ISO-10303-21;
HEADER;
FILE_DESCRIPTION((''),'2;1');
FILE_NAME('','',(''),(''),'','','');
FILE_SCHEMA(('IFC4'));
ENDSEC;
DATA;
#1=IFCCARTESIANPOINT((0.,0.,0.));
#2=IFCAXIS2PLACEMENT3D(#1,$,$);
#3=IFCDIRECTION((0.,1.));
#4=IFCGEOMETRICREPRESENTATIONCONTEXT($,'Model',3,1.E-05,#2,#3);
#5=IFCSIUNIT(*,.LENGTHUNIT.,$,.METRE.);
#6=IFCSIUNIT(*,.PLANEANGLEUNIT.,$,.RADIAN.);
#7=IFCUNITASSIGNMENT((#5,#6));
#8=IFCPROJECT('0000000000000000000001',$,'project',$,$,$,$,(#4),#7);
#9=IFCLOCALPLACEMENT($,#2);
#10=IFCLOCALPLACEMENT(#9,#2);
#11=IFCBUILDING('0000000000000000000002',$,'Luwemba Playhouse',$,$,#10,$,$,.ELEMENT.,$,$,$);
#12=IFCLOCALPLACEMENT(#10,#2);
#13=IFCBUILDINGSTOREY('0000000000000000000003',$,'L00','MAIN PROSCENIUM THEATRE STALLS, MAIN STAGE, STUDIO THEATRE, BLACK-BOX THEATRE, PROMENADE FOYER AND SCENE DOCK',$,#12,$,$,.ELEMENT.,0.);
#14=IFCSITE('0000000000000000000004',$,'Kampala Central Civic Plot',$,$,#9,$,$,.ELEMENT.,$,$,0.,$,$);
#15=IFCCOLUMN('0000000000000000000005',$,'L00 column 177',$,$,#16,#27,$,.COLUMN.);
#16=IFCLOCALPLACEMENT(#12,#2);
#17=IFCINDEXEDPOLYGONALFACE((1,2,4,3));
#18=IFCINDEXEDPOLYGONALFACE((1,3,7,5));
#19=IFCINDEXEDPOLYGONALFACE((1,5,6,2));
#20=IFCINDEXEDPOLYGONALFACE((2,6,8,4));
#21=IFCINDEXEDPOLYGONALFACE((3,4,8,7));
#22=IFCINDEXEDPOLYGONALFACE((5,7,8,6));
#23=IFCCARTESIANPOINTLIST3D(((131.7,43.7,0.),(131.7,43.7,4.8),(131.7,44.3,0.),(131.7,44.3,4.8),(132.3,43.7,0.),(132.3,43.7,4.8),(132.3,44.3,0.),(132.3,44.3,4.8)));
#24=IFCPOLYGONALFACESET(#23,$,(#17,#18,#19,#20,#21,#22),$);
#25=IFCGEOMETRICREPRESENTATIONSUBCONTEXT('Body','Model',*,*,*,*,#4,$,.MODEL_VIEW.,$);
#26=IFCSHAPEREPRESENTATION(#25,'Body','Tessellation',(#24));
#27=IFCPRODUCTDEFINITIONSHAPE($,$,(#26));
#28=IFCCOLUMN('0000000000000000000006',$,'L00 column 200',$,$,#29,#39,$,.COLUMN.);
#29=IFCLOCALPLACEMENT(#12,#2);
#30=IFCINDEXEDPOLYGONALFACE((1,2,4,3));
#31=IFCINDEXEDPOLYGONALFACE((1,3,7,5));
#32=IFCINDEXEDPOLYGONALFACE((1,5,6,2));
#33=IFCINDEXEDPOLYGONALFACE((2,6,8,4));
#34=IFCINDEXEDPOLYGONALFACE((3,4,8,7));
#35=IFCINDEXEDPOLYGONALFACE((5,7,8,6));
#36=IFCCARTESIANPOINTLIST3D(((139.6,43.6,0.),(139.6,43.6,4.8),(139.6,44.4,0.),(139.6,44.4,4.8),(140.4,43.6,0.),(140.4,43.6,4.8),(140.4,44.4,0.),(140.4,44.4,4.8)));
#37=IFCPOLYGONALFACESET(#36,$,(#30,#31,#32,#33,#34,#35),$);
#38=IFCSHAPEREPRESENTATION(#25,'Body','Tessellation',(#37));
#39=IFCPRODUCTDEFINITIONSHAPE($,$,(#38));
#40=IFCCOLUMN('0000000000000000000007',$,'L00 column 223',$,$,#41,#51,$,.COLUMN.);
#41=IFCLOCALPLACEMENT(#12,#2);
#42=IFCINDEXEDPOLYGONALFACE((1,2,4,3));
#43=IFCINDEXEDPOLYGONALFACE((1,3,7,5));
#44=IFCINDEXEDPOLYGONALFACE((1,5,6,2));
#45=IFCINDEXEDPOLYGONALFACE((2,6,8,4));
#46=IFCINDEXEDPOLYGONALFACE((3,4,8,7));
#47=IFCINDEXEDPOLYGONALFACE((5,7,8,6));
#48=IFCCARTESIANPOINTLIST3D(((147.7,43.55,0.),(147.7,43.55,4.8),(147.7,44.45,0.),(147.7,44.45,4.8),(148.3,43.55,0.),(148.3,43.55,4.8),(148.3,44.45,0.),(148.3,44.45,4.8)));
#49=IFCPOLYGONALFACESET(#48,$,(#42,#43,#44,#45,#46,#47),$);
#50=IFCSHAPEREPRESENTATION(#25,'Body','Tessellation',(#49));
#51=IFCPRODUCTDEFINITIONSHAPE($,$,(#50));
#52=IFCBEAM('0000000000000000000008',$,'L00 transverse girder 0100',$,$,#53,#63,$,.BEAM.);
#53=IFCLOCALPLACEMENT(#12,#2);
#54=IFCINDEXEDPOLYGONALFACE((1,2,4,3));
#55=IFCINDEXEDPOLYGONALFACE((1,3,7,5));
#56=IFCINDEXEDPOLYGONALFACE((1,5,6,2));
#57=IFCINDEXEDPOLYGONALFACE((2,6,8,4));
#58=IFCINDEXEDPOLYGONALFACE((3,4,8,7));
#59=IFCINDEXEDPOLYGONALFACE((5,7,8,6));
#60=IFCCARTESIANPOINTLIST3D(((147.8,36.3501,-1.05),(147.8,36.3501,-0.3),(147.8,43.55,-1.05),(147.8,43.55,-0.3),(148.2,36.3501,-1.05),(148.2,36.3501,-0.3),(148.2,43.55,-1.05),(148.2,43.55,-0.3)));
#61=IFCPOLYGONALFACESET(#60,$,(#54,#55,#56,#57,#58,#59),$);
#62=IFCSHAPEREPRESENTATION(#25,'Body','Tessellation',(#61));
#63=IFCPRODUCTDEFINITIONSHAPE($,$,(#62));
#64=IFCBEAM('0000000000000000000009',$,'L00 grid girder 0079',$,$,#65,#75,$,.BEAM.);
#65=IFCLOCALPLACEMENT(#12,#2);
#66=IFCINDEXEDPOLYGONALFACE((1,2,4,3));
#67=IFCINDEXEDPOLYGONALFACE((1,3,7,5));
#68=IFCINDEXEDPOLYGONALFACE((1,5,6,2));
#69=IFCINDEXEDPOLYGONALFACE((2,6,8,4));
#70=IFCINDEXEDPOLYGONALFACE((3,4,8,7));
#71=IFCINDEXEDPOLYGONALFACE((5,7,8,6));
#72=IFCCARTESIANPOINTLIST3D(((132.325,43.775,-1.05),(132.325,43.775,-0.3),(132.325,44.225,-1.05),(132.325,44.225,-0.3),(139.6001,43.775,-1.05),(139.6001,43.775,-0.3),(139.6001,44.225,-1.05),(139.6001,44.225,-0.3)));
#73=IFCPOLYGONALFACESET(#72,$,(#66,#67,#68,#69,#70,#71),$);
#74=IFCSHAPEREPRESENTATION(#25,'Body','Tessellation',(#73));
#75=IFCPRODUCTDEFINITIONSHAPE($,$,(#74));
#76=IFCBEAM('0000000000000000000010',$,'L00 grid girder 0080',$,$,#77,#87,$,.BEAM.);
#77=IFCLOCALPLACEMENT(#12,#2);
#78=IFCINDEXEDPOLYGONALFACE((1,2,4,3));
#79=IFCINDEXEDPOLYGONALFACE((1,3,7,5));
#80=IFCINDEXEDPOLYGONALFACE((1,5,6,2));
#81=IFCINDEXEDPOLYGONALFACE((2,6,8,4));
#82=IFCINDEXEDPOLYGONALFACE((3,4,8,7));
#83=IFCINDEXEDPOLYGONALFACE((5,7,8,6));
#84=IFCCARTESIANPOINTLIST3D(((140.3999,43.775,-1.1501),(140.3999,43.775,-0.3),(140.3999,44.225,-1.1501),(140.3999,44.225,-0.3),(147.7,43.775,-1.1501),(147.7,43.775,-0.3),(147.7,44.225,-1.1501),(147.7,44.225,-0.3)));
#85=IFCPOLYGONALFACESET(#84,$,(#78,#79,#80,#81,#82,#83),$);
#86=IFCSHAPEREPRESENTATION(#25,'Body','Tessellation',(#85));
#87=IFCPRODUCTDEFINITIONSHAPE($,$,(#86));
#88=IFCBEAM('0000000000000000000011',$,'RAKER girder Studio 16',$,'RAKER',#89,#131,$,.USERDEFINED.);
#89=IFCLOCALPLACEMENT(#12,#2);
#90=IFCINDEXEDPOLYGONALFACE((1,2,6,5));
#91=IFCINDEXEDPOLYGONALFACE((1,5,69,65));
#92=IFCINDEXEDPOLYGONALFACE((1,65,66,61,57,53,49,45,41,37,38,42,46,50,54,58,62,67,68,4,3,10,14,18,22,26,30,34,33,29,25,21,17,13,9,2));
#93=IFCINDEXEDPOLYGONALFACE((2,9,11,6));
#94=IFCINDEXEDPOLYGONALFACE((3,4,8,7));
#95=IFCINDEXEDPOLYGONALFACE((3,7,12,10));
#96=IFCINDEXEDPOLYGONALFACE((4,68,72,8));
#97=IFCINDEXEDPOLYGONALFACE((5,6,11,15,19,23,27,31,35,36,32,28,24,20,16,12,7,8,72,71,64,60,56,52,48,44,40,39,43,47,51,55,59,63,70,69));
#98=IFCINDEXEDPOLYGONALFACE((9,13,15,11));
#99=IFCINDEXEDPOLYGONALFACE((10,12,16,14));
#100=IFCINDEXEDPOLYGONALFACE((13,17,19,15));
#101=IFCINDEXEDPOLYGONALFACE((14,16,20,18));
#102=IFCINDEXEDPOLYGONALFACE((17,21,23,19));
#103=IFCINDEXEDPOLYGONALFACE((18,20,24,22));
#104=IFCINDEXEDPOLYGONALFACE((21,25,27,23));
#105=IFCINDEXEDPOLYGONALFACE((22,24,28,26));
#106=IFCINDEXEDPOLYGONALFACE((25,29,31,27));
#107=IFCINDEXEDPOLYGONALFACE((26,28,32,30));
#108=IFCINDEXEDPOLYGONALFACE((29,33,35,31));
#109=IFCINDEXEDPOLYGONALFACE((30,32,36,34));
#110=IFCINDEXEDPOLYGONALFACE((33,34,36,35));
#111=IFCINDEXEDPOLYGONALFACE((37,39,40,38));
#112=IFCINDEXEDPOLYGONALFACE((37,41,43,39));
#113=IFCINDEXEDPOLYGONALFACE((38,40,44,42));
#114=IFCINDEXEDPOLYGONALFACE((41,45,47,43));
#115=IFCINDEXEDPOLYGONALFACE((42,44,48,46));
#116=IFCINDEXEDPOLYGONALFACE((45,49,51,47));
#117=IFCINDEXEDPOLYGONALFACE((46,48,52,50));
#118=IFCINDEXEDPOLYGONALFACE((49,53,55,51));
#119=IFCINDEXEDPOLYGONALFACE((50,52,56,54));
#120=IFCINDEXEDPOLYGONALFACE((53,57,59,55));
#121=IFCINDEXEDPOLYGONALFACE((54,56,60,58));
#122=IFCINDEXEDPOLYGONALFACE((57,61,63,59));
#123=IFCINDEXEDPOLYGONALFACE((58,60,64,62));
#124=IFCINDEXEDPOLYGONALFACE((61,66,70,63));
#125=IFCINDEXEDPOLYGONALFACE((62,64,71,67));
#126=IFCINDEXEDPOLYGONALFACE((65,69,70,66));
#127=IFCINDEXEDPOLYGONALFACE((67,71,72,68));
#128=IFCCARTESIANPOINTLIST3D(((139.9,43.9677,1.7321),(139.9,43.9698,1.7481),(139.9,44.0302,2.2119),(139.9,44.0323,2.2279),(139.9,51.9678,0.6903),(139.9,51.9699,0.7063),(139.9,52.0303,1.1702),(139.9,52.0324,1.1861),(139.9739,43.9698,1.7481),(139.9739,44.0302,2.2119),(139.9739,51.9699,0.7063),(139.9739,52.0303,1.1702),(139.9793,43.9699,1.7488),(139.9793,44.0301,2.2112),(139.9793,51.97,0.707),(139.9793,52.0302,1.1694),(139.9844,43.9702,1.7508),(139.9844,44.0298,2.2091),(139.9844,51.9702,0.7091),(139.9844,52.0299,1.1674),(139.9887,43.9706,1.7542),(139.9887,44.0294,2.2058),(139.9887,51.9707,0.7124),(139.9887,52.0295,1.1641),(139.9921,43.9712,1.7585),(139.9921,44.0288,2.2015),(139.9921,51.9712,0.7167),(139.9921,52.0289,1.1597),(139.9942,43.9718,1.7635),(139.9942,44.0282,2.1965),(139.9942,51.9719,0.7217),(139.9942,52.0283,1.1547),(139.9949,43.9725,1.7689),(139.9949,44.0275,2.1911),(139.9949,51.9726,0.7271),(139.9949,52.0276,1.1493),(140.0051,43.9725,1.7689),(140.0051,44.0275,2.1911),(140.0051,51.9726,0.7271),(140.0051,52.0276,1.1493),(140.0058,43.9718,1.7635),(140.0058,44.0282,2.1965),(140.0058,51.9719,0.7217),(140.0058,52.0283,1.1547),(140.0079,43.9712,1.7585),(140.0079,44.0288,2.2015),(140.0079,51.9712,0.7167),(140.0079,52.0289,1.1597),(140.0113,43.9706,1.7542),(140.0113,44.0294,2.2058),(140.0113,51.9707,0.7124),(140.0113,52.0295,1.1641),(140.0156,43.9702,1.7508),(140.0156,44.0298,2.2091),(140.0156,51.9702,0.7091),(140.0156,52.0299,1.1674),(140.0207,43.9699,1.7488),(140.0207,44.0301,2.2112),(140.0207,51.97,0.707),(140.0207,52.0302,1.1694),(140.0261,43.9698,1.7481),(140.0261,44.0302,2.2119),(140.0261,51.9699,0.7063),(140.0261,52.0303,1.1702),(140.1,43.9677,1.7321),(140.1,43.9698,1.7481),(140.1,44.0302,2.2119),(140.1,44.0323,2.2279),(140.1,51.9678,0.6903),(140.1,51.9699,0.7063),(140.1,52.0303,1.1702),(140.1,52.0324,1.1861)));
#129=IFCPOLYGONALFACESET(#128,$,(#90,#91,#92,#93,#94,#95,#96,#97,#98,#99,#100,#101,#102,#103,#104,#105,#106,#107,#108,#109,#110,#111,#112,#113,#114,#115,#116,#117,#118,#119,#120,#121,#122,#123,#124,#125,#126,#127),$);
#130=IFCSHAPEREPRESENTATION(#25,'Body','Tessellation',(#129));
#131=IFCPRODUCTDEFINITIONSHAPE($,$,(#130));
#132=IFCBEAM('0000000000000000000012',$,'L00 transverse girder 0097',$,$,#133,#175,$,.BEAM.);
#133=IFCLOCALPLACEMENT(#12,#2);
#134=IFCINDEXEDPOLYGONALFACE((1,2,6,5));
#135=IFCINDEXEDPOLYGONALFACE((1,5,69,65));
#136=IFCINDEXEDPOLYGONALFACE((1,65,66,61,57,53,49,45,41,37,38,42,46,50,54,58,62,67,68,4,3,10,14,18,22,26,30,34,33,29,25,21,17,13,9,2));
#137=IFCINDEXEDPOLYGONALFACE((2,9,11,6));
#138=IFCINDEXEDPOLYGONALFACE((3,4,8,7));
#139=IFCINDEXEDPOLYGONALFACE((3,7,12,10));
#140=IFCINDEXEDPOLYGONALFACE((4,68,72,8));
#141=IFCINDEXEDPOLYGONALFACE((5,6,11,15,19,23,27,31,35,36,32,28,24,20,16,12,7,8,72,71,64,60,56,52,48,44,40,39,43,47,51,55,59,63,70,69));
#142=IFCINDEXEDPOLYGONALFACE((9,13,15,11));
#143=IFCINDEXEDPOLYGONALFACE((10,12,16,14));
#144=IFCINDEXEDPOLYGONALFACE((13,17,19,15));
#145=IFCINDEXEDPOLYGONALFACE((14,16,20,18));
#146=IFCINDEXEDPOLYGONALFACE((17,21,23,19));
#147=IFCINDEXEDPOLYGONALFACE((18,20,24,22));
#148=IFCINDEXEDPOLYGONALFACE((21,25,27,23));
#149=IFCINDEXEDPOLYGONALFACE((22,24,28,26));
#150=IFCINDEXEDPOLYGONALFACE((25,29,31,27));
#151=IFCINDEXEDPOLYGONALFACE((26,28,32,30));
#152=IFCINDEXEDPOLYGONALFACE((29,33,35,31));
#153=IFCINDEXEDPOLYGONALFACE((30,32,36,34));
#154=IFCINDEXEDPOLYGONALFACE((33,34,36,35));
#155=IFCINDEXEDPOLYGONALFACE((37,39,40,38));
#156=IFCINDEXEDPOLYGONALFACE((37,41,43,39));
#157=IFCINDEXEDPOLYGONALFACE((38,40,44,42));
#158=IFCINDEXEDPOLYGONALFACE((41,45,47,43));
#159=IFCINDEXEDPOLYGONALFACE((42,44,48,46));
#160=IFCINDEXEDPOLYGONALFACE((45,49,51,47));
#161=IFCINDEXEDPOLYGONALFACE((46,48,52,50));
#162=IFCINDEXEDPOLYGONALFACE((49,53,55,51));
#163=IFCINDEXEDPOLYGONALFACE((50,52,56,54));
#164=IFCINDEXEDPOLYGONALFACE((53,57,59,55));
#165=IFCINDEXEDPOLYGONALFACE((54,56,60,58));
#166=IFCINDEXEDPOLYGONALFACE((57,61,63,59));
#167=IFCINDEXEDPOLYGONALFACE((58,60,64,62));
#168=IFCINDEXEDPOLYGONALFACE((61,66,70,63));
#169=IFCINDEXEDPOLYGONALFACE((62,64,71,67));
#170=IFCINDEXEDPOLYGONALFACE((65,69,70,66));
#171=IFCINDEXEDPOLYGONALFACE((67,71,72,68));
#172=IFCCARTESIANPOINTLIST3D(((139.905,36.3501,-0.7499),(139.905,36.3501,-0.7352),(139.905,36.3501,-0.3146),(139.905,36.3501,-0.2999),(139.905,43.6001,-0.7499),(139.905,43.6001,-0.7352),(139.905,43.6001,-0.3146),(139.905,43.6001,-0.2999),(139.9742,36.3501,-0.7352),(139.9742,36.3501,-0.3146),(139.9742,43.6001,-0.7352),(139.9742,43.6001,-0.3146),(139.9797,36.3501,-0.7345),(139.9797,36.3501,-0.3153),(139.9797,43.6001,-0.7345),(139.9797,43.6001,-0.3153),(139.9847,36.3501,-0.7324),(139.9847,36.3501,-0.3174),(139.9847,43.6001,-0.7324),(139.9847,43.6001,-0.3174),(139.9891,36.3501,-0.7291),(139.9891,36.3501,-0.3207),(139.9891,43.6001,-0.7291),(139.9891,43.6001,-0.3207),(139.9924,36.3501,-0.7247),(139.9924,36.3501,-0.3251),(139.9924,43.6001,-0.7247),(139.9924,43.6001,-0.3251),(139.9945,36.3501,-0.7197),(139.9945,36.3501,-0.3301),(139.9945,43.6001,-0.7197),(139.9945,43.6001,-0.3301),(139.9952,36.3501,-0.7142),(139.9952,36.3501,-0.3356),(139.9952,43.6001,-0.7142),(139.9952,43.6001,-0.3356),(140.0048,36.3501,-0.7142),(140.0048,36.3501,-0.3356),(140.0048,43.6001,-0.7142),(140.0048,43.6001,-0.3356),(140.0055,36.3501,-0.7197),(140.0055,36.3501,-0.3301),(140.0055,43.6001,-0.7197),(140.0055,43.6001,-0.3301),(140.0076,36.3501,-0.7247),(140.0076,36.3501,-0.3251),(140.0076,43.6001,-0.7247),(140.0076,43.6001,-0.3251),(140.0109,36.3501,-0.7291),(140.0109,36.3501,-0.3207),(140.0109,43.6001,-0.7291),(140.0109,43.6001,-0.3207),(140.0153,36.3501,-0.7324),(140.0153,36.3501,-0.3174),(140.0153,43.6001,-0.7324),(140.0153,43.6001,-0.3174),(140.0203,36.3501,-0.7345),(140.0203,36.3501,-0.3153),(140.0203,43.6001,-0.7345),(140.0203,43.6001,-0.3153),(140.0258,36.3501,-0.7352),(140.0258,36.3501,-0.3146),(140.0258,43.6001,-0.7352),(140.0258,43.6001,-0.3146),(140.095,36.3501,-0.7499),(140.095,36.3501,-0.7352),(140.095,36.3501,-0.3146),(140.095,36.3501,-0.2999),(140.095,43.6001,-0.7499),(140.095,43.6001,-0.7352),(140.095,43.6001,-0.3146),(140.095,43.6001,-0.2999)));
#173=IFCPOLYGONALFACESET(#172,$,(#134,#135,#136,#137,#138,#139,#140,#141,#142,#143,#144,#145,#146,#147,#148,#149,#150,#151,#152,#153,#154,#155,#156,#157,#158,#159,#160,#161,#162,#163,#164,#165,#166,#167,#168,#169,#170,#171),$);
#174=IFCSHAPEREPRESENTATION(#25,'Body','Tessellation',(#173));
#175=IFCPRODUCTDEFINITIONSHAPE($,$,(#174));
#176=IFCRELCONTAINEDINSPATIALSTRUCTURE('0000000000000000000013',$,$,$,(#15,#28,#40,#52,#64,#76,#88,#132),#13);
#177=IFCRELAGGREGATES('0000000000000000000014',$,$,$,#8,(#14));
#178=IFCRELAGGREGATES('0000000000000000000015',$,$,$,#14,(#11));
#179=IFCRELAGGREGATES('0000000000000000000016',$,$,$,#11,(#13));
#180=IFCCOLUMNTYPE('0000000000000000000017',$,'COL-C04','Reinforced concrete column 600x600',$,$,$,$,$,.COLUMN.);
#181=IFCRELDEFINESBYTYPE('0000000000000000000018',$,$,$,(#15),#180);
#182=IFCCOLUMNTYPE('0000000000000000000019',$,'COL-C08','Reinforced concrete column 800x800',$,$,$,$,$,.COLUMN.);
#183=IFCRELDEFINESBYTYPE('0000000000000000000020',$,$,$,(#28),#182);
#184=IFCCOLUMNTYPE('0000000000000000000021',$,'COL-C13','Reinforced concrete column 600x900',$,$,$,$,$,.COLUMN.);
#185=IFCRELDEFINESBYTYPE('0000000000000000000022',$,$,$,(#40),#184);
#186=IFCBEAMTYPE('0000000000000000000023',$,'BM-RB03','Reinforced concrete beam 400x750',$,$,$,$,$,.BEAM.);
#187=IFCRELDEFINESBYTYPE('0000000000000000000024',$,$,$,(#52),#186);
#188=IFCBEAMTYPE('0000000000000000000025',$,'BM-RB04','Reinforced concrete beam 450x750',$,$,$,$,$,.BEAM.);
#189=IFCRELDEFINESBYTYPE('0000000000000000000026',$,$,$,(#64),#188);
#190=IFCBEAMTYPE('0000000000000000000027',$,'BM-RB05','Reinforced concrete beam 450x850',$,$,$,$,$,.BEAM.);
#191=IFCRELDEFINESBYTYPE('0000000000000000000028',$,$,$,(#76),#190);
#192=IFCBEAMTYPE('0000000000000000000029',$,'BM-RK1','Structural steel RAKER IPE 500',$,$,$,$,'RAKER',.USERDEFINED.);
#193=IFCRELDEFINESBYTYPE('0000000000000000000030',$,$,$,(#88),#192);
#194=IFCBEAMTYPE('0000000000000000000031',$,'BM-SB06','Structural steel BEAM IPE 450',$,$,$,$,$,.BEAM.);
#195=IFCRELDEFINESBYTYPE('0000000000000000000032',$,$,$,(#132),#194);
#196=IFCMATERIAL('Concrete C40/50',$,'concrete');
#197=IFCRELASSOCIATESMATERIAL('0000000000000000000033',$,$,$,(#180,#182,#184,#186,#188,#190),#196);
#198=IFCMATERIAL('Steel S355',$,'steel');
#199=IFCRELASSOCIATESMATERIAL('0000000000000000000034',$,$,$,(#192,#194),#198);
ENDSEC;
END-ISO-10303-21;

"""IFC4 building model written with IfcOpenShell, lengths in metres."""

from ifc_helpers import new_model, si_unit, direction, frame, origin, origin_2d, place, context, subcontext, project, spatial, rectangle, i_section, extrude, material, material_profile, profile_set, type_object, element, save


model = new_model("IFC4")

# Units and contexts
model_context = context("Model", 3, precision=1e-05, world=origin(), true_north=direction((0.0, 1.0)))
body_context = subcontext(model_context, "Body", "Model", "MODEL_VIEW")
ifc_project = project(units=[si_unit("LENGTHUNIT", "METRE"), si_unit("PLANEANGLEUNIT", "RADIAN")], contexts=[model_context])

# Site, building, storey
site_placement = place(None, origin())
site = spatial("IfcSite", under=ifc_project, at=site_placement, Name="Kampala Central Civic Plot", CompositionType="ELEMENT", RefElevation=0.0)
building_placement = place(site_placement, origin())
building = spatial("IfcBuilding", under=site, at=building_placement, Name="Luwemba Playhouse", CompositionType="ELEMENT")
storey_placement = place(building_placement, origin())
storey = spatial("IfcBuildingStorey", under=building, at=storey_placement, Name="L00", Description="MAIN PROSCENIUM THEATRE STALLS, MAIN STAGE, STUDIO THEATRE, BLACK-BOX THEATRE, PROMENADE FOYER AND SCENE DOCK", CompositionType="ELEMENT", Elevation=0.0)

# Columns
ifc_material_1 = material(Name="Concrete C40/50", Category="concrete")
ifc_material_profile_1 = material_profile(ifc_material_1, rectangle(XDim=0.6001, YDim=0.6001, at=origin_2d()))
ifc_profile_set_1 = profile_set([ifc_material_profile_1], Name="Concrete C40/50")
column_type_1 = type_object("IfcColumnType", Name="COL-C04", Description="Reinforced concrete column 600x600", PredefinedType="COLUMN", material=ifc_profile_set_1)
column_1_placement = place(storey_placement, frame((132.0, 44.0, 0.0), z_axis=(0.0, 0.0, 1.0), x_axis=(1.0, 0.0, 0.0)))
element("IfcColumn", 1, at=column_1_placement, inside=storey, type_object=column_type_1, Name="L00 column 177", PredefinedType="COLUMN", context=body_context, shape_type="SweptSolid", body=[
    extrude(rectangle(XDim=0.6001, YDim=0.6001, at=origin_2d()), origin(), (0.0, 0.0, 1.0), 4.8),
])
ifc_material_profile_2 = material_profile(ifc_material_1, rectangle(XDim=0.8, YDim=0.8, at=origin_2d()))
ifc_profile_set_2 = profile_set([ifc_material_profile_2], Name="Concrete C40/50")
column_type_2 = type_object("IfcColumnType", Name="COL-C08", Description="Reinforced concrete column 800x800", PredefinedType="COLUMN", material=ifc_profile_set_2)
column_2_placement = place(storey_placement, frame((140.0, 44.0, 0.0), z_axis=(0.0, 0.0, 1.0), x_axis=(1.0, 0.0, 0.0)))
element("IfcColumn", 2, at=column_2_placement, inside=storey, type_object=column_type_2, Name="L00 column 200", PredefinedType="COLUMN", context=body_context, shape_type="SweptSolid", body=[
    extrude(rectangle(XDim=0.8, YDim=0.8, at=origin_2d()), origin(), (0.0, 0.0, 1.0), 4.8),
])
ifc_material_profile_3 = material_profile(ifc_material_1, rectangle(XDim=0.6001, YDim=0.8999, at=origin_2d()))
ifc_profile_set_3 = profile_set([ifc_material_profile_3], Name="Concrete C40/50")
column_type_3 = type_object("IfcColumnType", Name="COL-C13", Description="Reinforced concrete column 600x900", PredefinedType="COLUMN", material=ifc_profile_set_3)
column_3_placement = place(storey_placement, frame((148.0, 44.0, 0.0), z_axis=(0.0, 0.0, 1.0), x_axis=(1.0, 0.0, 0.0)))
element("IfcColumn", 3, at=column_3_placement, inside=storey, type_object=column_type_3, Name="L00 column 223", PredefinedType="COLUMN", context=body_context, shape_type="SweptSolid", body=[
    extrude(rectangle(XDim=0.6001, YDim=0.8999, at=origin_2d()), origin(), (0.0, 0.0, 1.0), 4.8),
])

# Beams
ifc_material_profile_4 = material_profile(ifc_material_1, rectangle(XDim=0.3999, YDim=0.75, at=origin_2d()))
ifc_profile_set_4 = profile_set([ifc_material_profile_4], Name="Concrete C40/50")
beam_type_1 = type_object("IfcBeamType", Name="BM-RB03", Description="Reinforced concrete beam 400x750", PredefinedType="BEAM", material=ifc_profile_set_4)
beam_1_placement = place(storey_placement, frame((148.0, 36.3501, -0.675), z_axis=(0.0, 1.0, 0.0), x_axis=(-1.0, 0.0, 0.0)))
element("IfcBeam", 4, at=beam_1_placement, inside=storey, type_object=beam_type_1, Name="L00 transverse girder 0100", PredefinedType="BEAM", context=body_context, shape_type="SweptSolid", body=[
    extrude(rectangle(XDim=0.3999, YDim=0.75, at=origin_2d()), origin(), (0.0, 0.0, 1.0), 7.2),
])
ifc_material_profile_5 = material_profile(ifc_material_1, rectangle(XDim=0.45, YDim=0.75, at=origin_2d()))
ifc_profile_set_5 = profile_set([ifc_material_profile_5], Name="Concrete C40/50")
beam_type_2 = type_object("IfcBeamType", Name="BM-RB04", Description="Reinforced concrete beam 450x750", PredefinedType="BEAM", material=ifc_profile_set_5)
beam_2_placement = place(storey_placement, frame((132.325, 44.0, -0.675), z_axis=(1.0, 0.0, 0.0), x_axis=(0.0, 1.0, 0.0)))
element("IfcBeam", 5, at=beam_2_placement, inside=storey, type_object=beam_type_2, Name="L00 grid girder 0079", PredefinedType="BEAM", context=body_context, shape_type="SweptSolid", body=[
    extrude(rectangle(XDim=0.45, YDim=0.75, at=origin_2d()), origin(), (0.0, 0.0, 1.0), 7.2751),
])
ifc_material_profile_6 = material_profile(ifc_material_1, rectangle(XDim=0.45, YDim=0.8501, at=origin_2d()))
ifc_profile_set_6 = profile_set([ifc_material_profile_6], Name="Concrete C40/50")
beam_type_3 = type_object("IfcBeamType", Name="BM-RB05", Description="Reinforced concrete beam 450x850", PredefinedType="BEAM", material=ifc_profile_set_6)
beam_3_placement = place(storey_placement, frame((140.3999, 44.0, -0.7251), z_axis=(1.0, 0.0, 0.0), x_axis=(0.0, 1.0, 0.0)))
element("IfcBeam", 6, at=beam_3_placement, inside=storey, type_object=beam_type_3, Name="L00 grid girder 0080", PredefinedType="BEAM", context=body_context, shape_type="SweptSolid", body=[
    extrude(rectangle(XDim=0.45, YDim=0.8501, at=origin_2d()), origin(), (0.0, 0.0, 1.0), 7.3),
])
ifc_material_2 = material(Name="Steel S355", Category="steel")
ifc_material_profile_7 = material_profile(ifc_material_2, i_section(OverallWidth=0.2, OverallDepth=0.5, WebThickness=0.0103, FlangeThickness=0.0161, FilletRadius=0.021, at=origin_2d()))
ifc_profile_set_7 = profile_set([ifc_material_profile_7], Name="Steel S355")
beam_type_4 = type_object("IfcBeamType", Name="BM-RK1", Description="Structural steel RAKER IPE 500", ElementType="RAKER", PredefinedType="USERDEFINED", material=ifc_profile_set_7)
beam_4_placement = place(storey_placement, frame((140.0, 44.0, 1.98), z_axis=(0.0, 0.991628, -0.129128), x_axis=(-1.0, 0.0, 0.0)))
element("IfcBeam", 7, at=beam_4_placement, inside=storey, type_object=beam_type_4, Name="RAKER girder Studio 16", ObjectType="RAKER", PredefinedType="USERDEFINED", context=body_context, shape_type="SweptSolid", body=[
    extrude(i_section(OverallWidth=0.2, OverallDepth=0.5, WebThickness=0.0103, FlangeThickness=0.0161, FilletRadius=0.021, at=origin_2d()), origin(), (0.0, 0.0, 1.0), 8.0676),
])
ifc_material_profile_8 = material_profile(ifc_material_2, i_section(OverallWidth=0.1899, OverallDepth=0.45, WebThickness=0.0095, FlangeThickness=0.0146, FilletRadius=0.021, at=origin_2d()))
ifc_profile_set_8 = profile_set([ifc_material_profile_8], Name="Steel S355")
beam_type_5 = type_object("IfcBeamType", Name="BM-SB06", Description="Structural steel BEAM IPE 450", PredefinedType="BEAM", material=ifc_profile_set_8)
beam_5_placement = place(storey_placement, frame((140.0, 36.3501, -0.5249), z_axis=(0.0, 1.0, 0.0), x_axis=(-1.0, 0.0, 0.0)))
element("IfcBeam", 8, at=beam_5_placement, inside=storey, type_object=beam_type_5, Name="L00 transverse girder 0097", PredefinedType="BEAM", context=body_context, shape_type="SweptSolid", body=[
    extrude(i_section(OverallWidth=0.1899, OverallDepth=0.45, WebThickness=0.0095, FlangeThickness=0.0146, FilletRadius=0.021, at=origin_2d()), origin(), (0.0, 0.0, 1.0), 7.25),
])

save(model, "model.ifc")
